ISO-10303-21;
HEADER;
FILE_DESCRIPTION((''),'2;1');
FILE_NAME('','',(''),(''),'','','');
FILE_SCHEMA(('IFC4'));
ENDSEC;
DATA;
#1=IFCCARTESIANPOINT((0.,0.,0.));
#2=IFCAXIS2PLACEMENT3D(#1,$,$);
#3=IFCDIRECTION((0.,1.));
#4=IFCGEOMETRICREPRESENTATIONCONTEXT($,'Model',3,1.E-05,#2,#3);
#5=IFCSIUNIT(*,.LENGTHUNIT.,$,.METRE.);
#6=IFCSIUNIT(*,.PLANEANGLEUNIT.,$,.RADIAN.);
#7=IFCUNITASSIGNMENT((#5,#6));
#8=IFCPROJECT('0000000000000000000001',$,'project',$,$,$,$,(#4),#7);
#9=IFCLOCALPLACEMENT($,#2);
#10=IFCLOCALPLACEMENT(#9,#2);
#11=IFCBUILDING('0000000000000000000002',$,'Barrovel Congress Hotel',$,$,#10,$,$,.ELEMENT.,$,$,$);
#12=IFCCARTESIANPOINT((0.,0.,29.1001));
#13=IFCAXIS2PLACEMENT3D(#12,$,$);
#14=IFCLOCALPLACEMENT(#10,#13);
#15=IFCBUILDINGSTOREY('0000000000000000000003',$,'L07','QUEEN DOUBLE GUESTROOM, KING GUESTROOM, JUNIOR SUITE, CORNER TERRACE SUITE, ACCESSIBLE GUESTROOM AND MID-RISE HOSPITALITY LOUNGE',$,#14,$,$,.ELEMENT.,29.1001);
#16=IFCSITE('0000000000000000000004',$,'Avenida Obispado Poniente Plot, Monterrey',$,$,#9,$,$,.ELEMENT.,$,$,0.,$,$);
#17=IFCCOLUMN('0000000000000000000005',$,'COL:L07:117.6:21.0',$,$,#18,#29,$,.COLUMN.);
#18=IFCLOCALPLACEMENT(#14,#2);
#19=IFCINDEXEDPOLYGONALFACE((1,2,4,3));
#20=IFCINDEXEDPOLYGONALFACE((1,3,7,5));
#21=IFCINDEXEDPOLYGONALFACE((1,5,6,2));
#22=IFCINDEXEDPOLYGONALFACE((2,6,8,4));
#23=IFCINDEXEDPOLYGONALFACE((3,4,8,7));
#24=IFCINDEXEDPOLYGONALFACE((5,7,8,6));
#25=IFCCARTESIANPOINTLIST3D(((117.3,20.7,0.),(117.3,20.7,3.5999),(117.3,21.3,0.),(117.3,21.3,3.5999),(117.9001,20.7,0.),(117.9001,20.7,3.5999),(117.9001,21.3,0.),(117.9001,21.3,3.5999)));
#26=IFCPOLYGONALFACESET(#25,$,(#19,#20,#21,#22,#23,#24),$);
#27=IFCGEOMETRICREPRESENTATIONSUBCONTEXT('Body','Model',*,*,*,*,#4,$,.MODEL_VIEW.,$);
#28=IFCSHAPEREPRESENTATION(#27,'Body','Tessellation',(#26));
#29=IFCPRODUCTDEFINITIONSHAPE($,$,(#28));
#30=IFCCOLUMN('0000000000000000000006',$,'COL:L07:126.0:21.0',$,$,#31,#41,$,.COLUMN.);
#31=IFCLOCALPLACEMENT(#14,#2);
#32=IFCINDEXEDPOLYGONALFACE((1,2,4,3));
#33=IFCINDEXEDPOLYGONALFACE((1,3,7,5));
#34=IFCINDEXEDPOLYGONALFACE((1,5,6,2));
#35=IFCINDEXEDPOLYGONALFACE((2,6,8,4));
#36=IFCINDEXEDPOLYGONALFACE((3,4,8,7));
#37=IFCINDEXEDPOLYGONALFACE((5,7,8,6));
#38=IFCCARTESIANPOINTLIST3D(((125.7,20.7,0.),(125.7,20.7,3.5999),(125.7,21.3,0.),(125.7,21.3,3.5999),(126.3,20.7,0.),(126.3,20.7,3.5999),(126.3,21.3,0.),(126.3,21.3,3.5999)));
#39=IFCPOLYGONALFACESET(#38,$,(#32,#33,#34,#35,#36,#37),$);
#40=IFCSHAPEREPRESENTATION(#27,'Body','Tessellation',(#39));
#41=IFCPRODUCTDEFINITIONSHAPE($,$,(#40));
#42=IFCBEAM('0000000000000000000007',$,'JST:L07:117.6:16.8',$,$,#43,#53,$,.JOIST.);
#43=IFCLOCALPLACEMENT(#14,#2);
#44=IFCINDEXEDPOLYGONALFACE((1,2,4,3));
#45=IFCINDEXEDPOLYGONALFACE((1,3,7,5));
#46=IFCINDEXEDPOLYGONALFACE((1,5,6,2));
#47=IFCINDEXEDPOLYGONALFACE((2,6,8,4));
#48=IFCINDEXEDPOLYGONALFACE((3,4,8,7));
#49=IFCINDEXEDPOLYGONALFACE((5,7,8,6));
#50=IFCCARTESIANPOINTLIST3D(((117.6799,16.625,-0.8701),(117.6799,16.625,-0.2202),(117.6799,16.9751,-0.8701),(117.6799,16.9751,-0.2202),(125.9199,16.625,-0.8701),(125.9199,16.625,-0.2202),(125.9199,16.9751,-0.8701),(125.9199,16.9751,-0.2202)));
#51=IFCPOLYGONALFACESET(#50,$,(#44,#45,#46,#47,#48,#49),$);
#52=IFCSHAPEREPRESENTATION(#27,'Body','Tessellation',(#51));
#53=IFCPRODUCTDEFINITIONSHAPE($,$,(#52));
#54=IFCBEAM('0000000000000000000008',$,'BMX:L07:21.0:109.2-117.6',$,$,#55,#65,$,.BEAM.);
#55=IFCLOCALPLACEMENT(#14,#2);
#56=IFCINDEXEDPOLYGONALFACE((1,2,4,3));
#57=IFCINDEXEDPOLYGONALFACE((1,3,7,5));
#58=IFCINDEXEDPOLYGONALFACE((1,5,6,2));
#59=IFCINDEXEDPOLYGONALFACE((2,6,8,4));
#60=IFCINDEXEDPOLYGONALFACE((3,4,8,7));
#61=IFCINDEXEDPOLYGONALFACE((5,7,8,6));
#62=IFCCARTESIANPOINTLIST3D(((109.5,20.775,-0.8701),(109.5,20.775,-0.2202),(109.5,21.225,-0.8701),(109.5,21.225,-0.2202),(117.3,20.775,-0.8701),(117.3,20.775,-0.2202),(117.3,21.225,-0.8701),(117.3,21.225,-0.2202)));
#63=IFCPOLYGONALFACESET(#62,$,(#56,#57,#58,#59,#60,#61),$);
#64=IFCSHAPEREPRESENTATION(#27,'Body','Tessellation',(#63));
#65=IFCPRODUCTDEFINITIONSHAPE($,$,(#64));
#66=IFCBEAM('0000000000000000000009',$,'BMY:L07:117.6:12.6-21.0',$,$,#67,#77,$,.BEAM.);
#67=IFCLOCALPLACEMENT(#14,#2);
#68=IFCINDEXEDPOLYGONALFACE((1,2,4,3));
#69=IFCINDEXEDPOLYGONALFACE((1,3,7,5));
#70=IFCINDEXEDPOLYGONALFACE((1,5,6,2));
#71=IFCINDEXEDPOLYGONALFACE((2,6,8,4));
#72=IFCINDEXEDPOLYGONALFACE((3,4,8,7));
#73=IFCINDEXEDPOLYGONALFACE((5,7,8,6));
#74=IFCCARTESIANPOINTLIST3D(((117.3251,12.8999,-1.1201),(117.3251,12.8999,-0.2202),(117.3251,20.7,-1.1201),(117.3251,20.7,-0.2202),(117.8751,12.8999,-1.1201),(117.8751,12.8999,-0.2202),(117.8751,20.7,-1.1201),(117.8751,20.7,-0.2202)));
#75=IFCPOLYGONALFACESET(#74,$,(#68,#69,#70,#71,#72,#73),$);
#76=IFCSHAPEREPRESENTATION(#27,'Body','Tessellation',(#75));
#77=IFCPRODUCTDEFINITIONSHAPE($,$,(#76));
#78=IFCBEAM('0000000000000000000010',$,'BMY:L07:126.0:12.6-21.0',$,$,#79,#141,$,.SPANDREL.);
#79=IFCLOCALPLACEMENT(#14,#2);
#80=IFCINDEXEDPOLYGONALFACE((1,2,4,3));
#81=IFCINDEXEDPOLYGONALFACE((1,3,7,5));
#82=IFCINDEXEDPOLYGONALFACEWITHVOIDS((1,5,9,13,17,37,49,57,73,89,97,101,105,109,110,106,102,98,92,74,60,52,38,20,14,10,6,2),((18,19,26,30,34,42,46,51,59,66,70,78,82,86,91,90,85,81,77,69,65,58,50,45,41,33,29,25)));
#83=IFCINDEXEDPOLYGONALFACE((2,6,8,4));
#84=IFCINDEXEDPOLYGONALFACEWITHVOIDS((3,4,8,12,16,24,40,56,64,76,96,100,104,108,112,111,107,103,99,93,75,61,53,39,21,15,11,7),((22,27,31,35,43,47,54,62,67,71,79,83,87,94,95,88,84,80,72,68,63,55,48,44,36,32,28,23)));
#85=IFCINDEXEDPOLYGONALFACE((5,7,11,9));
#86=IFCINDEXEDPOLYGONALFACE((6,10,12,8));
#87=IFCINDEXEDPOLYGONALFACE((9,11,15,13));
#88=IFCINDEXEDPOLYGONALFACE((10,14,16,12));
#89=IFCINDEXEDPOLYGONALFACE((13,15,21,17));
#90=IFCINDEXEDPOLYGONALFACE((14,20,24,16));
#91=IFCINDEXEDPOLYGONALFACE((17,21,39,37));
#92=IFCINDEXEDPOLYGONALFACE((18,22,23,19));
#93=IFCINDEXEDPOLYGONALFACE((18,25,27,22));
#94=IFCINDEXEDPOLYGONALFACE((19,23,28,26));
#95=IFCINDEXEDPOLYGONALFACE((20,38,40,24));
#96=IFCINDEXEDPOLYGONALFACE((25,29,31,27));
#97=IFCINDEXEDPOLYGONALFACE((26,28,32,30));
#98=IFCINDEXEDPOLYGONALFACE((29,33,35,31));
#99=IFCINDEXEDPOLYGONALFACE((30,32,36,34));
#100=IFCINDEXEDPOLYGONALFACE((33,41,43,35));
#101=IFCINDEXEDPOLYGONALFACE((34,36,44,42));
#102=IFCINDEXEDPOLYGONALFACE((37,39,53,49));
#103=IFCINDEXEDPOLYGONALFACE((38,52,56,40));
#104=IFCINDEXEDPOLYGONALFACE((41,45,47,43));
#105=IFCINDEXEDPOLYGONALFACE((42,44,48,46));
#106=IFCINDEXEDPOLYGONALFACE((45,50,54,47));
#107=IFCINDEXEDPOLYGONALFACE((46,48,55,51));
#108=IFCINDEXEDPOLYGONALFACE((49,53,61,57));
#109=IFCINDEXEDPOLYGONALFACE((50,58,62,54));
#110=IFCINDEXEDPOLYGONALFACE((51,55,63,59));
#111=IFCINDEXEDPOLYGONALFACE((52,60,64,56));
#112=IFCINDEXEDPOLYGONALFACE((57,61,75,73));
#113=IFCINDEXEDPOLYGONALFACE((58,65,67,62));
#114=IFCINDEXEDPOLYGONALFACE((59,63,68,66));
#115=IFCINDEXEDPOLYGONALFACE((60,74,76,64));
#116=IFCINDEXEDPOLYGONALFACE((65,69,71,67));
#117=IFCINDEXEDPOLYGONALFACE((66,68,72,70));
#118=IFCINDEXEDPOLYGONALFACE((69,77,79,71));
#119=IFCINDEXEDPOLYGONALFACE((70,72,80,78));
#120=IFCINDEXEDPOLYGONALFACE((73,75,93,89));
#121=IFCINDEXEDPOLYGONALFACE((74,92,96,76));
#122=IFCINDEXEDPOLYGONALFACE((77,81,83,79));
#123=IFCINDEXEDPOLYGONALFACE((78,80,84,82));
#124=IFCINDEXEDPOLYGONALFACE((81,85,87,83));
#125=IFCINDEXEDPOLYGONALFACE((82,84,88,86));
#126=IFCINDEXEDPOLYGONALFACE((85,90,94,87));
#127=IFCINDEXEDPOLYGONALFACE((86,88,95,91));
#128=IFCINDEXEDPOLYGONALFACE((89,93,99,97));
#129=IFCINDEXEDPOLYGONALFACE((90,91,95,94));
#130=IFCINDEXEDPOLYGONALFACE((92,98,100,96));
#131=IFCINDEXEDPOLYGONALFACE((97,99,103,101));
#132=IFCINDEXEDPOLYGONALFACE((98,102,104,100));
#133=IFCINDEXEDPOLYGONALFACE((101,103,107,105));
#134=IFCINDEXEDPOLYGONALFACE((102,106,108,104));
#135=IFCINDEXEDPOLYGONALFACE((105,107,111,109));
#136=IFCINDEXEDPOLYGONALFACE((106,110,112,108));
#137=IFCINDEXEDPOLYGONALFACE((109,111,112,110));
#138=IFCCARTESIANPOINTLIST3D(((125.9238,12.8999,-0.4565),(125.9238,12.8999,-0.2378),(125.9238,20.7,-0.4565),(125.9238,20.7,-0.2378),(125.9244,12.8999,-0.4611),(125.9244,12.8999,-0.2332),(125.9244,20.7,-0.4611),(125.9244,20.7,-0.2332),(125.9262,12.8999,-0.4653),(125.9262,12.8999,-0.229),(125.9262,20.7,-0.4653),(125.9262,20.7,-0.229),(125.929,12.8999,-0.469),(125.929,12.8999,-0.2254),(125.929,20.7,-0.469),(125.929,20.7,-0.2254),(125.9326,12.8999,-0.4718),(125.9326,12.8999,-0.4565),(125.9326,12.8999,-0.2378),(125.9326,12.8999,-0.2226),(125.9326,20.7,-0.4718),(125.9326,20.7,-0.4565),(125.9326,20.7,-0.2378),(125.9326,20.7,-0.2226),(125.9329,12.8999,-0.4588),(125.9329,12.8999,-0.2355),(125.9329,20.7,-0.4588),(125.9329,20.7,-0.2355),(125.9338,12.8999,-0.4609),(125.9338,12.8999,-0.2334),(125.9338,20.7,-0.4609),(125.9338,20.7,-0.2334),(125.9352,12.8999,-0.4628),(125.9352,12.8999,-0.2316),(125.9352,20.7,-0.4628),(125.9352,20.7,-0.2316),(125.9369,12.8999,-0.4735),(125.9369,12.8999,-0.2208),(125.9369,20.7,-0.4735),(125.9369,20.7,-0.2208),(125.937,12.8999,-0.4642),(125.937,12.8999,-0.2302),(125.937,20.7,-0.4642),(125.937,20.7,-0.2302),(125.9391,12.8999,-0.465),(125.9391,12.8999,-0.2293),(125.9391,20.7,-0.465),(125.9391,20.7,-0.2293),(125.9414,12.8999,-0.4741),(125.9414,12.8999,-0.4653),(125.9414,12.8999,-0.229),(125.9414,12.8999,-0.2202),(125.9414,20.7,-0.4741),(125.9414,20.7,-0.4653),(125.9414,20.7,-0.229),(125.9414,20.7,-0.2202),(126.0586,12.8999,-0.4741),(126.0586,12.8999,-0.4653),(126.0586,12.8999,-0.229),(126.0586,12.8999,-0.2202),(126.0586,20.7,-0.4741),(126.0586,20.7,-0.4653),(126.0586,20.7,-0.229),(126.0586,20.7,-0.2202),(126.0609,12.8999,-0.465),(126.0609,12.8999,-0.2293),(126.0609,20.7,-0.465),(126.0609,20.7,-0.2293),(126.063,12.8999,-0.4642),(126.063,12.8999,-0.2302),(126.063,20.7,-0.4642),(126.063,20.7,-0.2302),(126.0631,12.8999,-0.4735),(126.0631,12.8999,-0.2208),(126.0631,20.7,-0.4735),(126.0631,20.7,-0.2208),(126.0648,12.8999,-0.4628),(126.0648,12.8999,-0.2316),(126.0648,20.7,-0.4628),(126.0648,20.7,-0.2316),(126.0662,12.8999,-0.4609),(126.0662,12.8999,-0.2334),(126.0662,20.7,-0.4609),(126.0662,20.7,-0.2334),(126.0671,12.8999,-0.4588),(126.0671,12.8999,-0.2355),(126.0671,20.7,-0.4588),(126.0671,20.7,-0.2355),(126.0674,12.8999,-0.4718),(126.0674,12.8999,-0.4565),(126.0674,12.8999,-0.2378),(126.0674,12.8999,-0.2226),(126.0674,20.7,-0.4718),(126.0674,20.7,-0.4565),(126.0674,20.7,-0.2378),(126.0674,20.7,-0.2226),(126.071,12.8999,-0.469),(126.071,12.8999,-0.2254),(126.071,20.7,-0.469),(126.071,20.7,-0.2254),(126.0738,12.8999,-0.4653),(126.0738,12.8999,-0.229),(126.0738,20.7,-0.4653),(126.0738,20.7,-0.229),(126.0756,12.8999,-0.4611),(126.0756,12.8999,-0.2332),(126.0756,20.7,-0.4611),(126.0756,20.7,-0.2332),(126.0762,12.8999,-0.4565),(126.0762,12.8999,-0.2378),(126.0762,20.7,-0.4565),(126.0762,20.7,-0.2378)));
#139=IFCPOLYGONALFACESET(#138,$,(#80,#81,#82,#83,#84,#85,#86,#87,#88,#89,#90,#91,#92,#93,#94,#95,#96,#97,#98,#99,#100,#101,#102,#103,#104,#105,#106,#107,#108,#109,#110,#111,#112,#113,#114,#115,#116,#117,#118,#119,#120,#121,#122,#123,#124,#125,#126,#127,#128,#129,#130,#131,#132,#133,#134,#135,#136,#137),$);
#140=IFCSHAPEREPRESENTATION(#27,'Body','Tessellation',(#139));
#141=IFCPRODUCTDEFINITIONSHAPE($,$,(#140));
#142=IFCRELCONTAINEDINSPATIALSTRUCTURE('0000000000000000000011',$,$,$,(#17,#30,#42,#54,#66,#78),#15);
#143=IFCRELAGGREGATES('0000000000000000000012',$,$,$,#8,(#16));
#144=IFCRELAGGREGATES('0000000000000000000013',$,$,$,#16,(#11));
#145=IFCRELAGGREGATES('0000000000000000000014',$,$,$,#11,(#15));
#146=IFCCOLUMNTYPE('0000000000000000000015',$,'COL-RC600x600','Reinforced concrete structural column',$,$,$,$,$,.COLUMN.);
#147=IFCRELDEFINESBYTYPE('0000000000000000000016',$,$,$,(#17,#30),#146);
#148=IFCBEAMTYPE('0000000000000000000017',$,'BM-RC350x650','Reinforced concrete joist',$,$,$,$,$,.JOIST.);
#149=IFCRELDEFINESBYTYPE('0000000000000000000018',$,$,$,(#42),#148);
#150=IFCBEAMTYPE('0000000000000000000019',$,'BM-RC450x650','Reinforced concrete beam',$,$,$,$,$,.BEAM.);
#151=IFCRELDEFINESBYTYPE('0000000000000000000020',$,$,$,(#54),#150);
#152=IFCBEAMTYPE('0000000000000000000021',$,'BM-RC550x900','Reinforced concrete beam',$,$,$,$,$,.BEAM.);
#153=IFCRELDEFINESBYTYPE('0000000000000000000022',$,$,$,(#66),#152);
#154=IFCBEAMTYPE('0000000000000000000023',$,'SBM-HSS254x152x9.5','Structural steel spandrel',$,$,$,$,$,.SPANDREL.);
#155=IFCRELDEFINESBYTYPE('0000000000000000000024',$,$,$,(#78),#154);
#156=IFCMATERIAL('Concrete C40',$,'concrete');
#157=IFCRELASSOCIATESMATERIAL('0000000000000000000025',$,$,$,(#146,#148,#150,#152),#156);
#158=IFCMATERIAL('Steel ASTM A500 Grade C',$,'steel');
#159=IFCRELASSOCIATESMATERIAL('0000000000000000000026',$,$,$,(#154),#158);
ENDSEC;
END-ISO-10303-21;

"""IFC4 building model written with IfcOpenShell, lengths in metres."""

from ifc_helpers import new_model, si_unit, direction, frame, origin, origin_2d, place, context, subcontext, project, spatial, rectangle, hollow_rectangle, extrude, material, material_profile, profile_set, type_object, element, save


model = new_model("IFC4")

# Units and contexts
model_context = context("Model", 3, precision=1e-05, world=origin(), true_north=direction((0.0, 1.0)))
body_context = subcontext(model_context, "Body", "Model", "MODEL_VIEW")
ifc_project = project(units=[si_unit("LENGTHUNIT", "METRE"), si_unit("PLANEANGLEUNIT", "RADIAN")], contexts=[model_context])

# Site, building, storey
site_placement = place(None, origin())
site = spatial("IfcSite", under=ifc_project, at=site_placement, Name="Avenida Obispado Poniente Plot, Monterrey", CompositionType="ELEMENT", RefElevation=0.0)
building_placement = place(site_placement, origin())
building = spatial("IfcBuilding", under=site, at=building_placement, Name="Barrovel Congress Hotel", CompositionType="ELEMENT")
storey_placement = place(building_placement, frame((0.0, 0.0, 29.1001)))
storey = spatial("IfcBuildingStorey", under=building, at=storey_placement, Name="L07", Description="QUEEN DOUBLE GUESTROOM, KING GUESTROOM, JUNIOR SUITE, CORNER TERRACE SUITE, ACCESSIBLE GUESTROOM AND MID-RISE HOSPITALITY LOUNGE", CompositionType="ELEMENT", Elevation=29.1001)

# Columns
ifc_material_1 = material(Name="Concrete C40", Category="concrete")
ifc_material_profile_1 = material_profile(ifc_material_1, rectangle(XDim=0.6001, YDim=0.6001, at=origin_2d()), Name="RC600x600")
ifc_profile_set_1 = profile_set([ifc_material_profile_1], Name="Concrete C40")
column_type = type_object("IfcColumnType", Name="COL-RC600x600", Description="Reinforced concrete structural column", PredefinedType="COLUMN", material=ifc_profile_set_1)
for number, where, z_axis, x_axis, name in (
    (1, (117.6001, 21.0, 0.0), (0.0, 0.0, 1.0), (1.0, 0.0, 0.0), "COL:L07:117.6:21.0"),
    (2, (126.0, 21.0, 0.0), (0.0, 0.0, 1.0), (1.0, 0.0, 0.0), "COL:L07:126.0:21.0"),
):
    element("IfcColumn", number, at=place(storey_placement, frame(where, z_axis=z_axis, x_axis=x_axis)), inside=storey, type_object=column_type, Name=name, PredefinedType="COLUMN", context=body_context, shape_type="SweptSolid", body=[
        extrude(rectangle(XDim=0.6001, YDim=0.6001, at=origin_2d()), origin(), (0.0, 0.0, 1.0), 3.5999),
    ])

# Beams
ifc_material_profile_2 = material_profile(ifc_material_1, rectangle(XDim=0.3501, YDim=0.6499, at=origin_2d()), Name="RC350x650")
ifc_profile_set_2 = profile_set([ifc_material_profile_2], Name="Concrete C40")
beam_type_1 = type_object("IfcBeamType", Name="BM-RC350x650", Description="Reinforced concrete joist", PredefinedType="JOIST", material=ifc_profile_set_2)
beam_1_placement = place(storey_placement, frame((117.6799, 16.8, -0.5452), z_axis=(1.0, 0.0, 0.0), x_axis=(0.0, 1.0, 0.0)))
element("IfcBeam", 3, at=beam_1_placement, inside=storey, type_object=beam_type_1, Name="JST:L07:117.6:16.8", PredefinedType="JOIST", context=body_context, shape_type="SweptSolid", body=[
    extrude(rectangle(XDim=0.3501, YDim=0.6499, at=origin_2d()), origin(), (0.0, 0.0, 1.0), 8.24),
])
ifc_material_profile_3 = material_profile(ifc_material_1, rectangle(XDim=0.45, YDim=0.6499, at=origin_2d()), Name="RC450x650")
ifc_profile_set_3 = profile_set([ifc_material_profile_3], Name="Concrete C40")
beam_type_2 = type_object("IfcBeamType", Name="BM-RC450x650", Description="Reinforced concrete beam", PredefinedType="BEAM", material=ifc_profile_set_3)
beam_2_placement = place(storey_placement, frame((109.5, 21.0, -0.5452), z_axis=(1.0, 0.0, 0.0), x_axis=(0.0, 1.0, 0.0)))
element("IfcBeam", 4, at=beam_2_placement, inside=storey, type_object=beam_type_2, Name="BMX:L07:21.0:109.2-117.6", PredefinedType="BEAM", context=body_context, shape_type="SweptSolid", body=[
    extrude(rectangle(XDim=0.45, YDim=0.6499, at=origin_2d()), origin(), (0.0, 0.0, 1.0), 7.8),
])
ifc_material_profile_4 = material_profile(ifc_material_1, rectangle(XDim=0.55, YDim=0.8999, at=origin_2d()), Name="RC550x900")
ifc_profile_set_4 = profile_set([ifc_material_profile_4], Name="Concrete C40")
beam_type_3 = type_object("IfcBeamType", Name="BM-RC550x900", Description="Reinforced concrete beam", PredefinedType="BEAM", material=ifc_profile_set_4)
beam_3_placement = place(storey_placement, frame((117.6001, 12.8999, -0.6702), z_axis=(0.0, 1.0, 0.0), x_axis=(-1.0, 0.0, 0.0)))
element("IfcBeam", 5, at=beam_3_placement, inside=storey, type_object=beam_type_3, Name="BMY:L07:117.6:12.6-21.0", PredefinedType="BEAM", context=body_context, shape_type="SweptSolid", body=[
    extrude(rectangle(XDim=0.55, YDim=0.8999, at=origin_2d()), origin(), (0.0, 0.0, 1.0), 7.8),
])
ifc_material_2 = material(Name="Steel ASTM A500 Grade C", Category="steel")
ifc_material_profile_5 = material_profile(ifc_material_2, hollow_rectangle(XDim=0.1523, YDim=0.2539, WallThickness=0.0088, InnerFilletRadius=0.0088, OuterFilletRadius=0.0176, at=origin_2d()), Name="HSS254x152x9.5")
ifc_profile_set_5 = profile_set([ifc_material_profile_5], Name="Steel ASTM A500 Grade C")
beam_type_4 = type_object("IfcBeamType", Name="SBM-HSS254x152x9.5", Description="Structural steel spandrel", PredefinedType="SPANDREL", material=ifc_profile_set_5)
beam_4_placement = place(storey_placement, frame((126.0, 12.8999, -0.3472), z_axis=(0.0, 1.0, 0.0), x_axis=(-1.0, 0.0, 0.0)))
element("IfcBeam", 6, at=beam_4_placement, inside=storey, type_object=beam_type_4, Name="BMY:L07:126.0:12.6-21.0", PredefinedType="SPANDREL", context=body_context, shape_type="SweptSolid", body=[
    extrude(hollow_rectangle(XDim=0.1523, YDim=0.2539, WallThickness=0.0088, InnerFilletRadius=0.0088, OuterFilletRadius=0.0176, at=origin_2d()), origin(), (0.0, 0.0, 1.0), 7.8),
])

save(model, "model.ifc")
